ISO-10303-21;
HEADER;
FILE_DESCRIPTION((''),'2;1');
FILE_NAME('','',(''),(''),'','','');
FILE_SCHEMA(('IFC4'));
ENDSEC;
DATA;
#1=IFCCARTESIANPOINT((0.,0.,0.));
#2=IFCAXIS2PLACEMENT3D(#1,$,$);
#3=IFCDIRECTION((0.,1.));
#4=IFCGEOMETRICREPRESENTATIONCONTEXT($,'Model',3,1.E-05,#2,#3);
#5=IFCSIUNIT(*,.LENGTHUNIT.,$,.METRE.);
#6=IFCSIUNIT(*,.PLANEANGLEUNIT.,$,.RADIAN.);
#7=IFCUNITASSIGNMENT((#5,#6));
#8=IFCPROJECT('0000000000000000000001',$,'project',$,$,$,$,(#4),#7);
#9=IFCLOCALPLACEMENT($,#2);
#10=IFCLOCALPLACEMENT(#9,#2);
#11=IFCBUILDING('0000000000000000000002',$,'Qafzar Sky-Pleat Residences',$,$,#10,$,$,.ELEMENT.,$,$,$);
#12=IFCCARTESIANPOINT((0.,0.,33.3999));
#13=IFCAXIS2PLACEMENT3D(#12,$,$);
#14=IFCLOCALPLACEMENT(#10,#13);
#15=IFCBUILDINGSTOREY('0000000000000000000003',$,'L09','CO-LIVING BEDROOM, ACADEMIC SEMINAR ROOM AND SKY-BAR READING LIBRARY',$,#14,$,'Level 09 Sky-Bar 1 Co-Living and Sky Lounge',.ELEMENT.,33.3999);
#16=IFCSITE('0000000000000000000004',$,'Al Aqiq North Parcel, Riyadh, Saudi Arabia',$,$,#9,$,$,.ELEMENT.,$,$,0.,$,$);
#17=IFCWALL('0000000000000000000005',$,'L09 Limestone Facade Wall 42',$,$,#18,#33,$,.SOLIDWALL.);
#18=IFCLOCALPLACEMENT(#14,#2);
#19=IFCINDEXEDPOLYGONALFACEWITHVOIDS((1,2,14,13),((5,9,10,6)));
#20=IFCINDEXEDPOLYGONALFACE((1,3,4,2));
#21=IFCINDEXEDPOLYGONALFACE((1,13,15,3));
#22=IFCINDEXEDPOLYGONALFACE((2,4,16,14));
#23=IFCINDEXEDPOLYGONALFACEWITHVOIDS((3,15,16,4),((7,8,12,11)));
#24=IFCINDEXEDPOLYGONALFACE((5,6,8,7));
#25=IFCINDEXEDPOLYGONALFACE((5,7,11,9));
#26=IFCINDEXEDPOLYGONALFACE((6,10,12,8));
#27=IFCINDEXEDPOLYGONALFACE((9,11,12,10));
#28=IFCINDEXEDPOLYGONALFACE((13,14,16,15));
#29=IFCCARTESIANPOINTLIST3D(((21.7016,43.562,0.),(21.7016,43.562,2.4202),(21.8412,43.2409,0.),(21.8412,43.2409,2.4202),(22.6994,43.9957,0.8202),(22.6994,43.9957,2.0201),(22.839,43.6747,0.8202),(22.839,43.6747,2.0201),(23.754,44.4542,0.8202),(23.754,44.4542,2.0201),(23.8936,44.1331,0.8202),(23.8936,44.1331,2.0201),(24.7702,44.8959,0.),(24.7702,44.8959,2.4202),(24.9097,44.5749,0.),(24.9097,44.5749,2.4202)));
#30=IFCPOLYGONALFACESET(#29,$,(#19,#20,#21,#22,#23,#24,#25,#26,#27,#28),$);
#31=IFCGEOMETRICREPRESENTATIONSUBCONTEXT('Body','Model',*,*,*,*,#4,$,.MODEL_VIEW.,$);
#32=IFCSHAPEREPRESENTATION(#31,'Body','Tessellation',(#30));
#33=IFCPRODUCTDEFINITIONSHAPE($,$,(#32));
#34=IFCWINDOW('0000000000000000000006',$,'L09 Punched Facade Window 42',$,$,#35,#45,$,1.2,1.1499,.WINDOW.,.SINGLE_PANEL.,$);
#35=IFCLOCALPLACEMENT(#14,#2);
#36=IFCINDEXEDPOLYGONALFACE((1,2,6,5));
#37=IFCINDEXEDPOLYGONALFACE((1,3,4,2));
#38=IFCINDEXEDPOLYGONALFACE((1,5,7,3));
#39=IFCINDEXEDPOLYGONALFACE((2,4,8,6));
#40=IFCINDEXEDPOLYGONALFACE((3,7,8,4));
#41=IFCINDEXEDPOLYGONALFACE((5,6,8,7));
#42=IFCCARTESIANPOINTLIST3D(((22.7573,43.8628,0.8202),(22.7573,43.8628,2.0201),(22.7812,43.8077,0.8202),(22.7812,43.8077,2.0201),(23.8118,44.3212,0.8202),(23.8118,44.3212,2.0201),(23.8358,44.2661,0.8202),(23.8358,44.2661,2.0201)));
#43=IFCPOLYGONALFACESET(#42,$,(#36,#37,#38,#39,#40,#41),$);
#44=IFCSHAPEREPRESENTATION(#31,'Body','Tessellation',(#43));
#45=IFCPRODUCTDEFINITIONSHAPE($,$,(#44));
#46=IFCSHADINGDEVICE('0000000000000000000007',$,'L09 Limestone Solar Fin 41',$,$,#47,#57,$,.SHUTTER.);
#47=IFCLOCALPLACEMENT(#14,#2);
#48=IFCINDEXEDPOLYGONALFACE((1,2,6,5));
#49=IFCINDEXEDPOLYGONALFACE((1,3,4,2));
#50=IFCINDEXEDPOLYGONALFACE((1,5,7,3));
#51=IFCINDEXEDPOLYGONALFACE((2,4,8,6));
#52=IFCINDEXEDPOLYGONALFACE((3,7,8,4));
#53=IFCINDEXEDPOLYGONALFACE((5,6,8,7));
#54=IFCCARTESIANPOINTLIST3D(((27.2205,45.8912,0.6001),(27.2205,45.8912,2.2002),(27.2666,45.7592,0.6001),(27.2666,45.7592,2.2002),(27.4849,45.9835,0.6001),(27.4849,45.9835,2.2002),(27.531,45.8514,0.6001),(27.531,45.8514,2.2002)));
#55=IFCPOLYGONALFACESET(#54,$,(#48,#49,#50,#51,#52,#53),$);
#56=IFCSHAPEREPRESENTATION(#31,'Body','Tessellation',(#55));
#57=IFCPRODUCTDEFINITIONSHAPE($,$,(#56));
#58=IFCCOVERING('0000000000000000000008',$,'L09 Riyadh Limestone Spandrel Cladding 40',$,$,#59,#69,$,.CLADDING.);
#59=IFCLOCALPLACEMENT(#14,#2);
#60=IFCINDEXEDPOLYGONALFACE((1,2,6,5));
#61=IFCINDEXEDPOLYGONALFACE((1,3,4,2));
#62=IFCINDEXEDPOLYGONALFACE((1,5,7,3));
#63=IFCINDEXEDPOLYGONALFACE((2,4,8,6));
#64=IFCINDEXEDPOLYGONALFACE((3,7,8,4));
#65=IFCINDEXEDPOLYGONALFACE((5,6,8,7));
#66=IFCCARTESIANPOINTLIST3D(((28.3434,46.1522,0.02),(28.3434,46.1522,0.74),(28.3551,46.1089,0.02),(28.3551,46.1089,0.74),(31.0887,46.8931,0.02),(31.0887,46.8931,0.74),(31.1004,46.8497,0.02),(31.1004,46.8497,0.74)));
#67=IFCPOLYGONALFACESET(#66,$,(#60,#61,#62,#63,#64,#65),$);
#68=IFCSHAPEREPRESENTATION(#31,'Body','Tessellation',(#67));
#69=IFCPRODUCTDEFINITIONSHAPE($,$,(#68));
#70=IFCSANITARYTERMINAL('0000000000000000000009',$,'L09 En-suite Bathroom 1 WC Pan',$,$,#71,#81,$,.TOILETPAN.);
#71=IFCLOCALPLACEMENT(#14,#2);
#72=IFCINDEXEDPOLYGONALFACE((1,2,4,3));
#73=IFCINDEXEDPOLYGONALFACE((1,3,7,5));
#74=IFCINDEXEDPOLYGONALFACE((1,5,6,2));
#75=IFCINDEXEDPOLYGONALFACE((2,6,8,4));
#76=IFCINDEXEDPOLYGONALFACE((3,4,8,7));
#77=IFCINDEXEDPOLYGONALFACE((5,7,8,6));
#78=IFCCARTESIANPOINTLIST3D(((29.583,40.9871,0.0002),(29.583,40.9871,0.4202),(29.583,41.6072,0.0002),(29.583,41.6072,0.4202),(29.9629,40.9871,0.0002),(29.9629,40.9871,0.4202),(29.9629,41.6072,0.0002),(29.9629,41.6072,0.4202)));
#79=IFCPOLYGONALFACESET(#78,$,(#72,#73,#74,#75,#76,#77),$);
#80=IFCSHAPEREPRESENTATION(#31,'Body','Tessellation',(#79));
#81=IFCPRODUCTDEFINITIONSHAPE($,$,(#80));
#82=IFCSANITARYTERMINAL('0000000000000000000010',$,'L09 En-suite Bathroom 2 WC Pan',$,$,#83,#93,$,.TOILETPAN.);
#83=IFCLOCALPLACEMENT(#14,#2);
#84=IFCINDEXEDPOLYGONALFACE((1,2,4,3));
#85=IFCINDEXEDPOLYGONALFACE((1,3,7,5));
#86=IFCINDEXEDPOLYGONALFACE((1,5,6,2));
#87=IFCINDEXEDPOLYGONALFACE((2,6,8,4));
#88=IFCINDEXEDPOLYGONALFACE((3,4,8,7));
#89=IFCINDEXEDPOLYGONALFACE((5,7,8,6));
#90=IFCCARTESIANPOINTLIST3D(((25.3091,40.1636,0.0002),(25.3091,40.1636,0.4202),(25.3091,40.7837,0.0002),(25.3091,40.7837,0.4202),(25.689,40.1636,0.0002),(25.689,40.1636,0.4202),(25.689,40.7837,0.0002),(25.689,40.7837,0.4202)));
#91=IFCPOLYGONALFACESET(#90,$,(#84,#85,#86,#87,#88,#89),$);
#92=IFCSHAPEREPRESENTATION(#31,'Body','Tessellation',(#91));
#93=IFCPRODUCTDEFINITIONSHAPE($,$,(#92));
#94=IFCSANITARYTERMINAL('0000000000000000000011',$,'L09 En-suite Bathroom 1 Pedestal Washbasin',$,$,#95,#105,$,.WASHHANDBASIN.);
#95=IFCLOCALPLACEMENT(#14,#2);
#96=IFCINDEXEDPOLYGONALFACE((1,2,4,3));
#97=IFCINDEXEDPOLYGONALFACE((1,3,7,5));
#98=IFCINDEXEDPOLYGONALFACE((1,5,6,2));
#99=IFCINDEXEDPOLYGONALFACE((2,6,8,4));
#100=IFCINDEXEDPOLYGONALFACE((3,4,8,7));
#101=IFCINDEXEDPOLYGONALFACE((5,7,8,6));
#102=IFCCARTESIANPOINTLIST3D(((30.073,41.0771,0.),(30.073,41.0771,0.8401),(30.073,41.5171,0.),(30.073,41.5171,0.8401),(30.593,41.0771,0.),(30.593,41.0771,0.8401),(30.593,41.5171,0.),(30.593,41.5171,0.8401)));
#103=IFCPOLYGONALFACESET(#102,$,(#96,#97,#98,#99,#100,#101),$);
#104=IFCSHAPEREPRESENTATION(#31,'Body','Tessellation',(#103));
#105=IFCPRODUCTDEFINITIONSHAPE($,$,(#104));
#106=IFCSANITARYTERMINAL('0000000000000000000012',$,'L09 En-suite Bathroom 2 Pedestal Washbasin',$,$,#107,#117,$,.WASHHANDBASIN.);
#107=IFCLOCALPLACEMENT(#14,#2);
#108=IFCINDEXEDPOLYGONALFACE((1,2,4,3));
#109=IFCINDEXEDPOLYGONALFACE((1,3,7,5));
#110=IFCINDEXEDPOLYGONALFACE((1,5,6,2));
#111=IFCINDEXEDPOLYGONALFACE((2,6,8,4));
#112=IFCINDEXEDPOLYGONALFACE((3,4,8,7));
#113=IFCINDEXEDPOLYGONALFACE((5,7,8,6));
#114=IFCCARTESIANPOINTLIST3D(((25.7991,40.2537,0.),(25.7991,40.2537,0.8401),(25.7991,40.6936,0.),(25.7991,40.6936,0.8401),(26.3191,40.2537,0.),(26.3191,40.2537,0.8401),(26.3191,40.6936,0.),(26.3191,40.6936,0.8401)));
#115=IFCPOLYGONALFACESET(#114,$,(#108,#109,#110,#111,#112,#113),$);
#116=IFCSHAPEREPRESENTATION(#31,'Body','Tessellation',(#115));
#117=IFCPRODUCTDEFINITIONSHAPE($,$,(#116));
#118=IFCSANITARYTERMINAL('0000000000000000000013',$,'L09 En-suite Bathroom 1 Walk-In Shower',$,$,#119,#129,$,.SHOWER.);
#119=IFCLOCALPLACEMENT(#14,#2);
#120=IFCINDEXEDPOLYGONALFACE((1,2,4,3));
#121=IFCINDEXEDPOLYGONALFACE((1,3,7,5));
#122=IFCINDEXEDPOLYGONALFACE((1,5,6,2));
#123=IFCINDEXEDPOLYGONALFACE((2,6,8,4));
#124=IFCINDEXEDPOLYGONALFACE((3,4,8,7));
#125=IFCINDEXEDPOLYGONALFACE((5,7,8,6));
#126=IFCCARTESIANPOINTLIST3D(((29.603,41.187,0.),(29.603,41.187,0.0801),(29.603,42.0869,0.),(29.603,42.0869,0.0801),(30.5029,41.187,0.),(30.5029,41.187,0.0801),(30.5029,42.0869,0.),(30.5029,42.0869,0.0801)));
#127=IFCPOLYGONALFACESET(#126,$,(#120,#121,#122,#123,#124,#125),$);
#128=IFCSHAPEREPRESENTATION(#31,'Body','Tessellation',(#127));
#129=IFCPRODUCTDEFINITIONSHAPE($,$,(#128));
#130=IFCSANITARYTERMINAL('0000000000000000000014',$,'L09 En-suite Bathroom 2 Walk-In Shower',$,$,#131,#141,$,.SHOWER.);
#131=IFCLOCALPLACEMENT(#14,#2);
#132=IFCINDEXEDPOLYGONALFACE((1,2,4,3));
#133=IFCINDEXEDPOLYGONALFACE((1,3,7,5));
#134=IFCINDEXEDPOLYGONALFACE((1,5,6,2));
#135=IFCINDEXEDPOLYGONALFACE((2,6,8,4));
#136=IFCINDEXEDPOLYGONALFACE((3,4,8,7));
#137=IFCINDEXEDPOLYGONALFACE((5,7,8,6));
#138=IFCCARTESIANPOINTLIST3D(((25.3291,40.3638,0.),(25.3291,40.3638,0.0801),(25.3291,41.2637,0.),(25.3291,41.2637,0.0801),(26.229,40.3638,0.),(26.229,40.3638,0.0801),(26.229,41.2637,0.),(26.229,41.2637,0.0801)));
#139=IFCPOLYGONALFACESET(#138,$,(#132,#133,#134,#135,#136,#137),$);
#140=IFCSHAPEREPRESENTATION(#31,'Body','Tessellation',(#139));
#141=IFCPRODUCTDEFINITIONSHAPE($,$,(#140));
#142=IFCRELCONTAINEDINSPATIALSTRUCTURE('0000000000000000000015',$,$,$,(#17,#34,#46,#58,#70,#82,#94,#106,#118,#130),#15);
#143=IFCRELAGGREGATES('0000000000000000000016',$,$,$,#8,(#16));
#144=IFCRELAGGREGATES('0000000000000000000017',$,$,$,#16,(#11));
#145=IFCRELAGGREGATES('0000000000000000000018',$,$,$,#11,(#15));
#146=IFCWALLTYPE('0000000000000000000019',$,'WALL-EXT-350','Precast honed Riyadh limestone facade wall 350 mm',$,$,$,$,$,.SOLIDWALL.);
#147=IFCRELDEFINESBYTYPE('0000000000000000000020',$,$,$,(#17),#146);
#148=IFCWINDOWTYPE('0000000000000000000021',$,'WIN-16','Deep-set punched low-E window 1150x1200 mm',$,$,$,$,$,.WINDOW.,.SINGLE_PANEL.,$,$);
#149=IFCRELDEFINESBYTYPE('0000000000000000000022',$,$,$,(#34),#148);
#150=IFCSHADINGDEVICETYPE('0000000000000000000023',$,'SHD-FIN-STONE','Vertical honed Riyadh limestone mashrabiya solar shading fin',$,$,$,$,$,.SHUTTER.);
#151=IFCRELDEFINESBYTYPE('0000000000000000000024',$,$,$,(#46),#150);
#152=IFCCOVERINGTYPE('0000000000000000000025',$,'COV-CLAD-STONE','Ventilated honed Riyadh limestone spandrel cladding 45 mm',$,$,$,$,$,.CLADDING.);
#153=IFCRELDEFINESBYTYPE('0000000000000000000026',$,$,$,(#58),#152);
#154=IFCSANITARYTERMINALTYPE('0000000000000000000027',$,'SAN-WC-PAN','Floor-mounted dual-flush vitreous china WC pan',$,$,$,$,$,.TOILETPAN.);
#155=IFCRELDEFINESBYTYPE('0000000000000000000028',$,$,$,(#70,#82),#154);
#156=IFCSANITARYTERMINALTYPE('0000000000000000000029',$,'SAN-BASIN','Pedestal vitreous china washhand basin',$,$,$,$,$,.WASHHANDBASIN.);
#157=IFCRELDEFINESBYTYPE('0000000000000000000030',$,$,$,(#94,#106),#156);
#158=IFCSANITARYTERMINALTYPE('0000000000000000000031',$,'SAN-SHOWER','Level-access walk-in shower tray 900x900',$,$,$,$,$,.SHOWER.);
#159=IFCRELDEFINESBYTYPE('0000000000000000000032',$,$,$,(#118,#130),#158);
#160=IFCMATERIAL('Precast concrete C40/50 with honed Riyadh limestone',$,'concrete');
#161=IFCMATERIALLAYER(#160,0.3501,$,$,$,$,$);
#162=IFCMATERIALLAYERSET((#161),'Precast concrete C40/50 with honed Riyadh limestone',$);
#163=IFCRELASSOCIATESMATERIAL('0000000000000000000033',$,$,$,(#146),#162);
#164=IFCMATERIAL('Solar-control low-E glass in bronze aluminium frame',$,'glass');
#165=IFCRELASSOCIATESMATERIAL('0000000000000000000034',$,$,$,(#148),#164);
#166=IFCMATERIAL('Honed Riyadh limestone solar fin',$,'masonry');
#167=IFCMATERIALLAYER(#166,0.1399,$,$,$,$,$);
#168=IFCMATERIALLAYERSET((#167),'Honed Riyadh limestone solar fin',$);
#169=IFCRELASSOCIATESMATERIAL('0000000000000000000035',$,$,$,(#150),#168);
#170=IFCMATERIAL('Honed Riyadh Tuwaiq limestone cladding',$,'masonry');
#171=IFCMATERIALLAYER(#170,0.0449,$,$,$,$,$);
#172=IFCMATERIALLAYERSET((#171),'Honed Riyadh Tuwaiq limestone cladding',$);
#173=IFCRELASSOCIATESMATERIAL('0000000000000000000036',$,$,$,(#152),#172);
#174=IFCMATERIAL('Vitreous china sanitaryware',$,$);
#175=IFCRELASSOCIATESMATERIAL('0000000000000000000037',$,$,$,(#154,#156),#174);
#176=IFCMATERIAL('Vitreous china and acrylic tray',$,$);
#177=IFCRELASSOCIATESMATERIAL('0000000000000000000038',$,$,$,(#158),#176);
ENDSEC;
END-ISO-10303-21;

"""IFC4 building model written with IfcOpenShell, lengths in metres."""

from ifc_helpers import new_model, si_unit, direction, frame, frame_2d, origin, origin_2d, place, context, subcontext, project, spatial, rectangle, extrude, source, transform, mapped, material, layer, layer_set, type_object, element, fill, save


model = new_model("IFC4")

# Units and contexts
model_context = context("Model", 3, precision=1e-05, world=origin(), true_north=direction((0.0, 1.0)))
body_context = subcontext(model_context, "Body", "Model", "MODEL_VIEW")
ifc_project = project(units=[si_unit("LENGTHUNIT", "METRE"), si_unit("PLANEANGLEUNIT", "RADIAN")], contexts=[model_context])

# Site, building, storey
site_placement = place(None, origin())
site = spatial("IfcSite", under=ifc_project, at=site_placement, Name="Al Aqiq North Parcel, Riyadh, Saudi Arabia", CompositionType="ELEMENT", RefElevation=0.0)
building_placement = place(site_placement, origin())
building = spatial("IfcBuilding", under=site, at=building_placement, Name="Qafzar Sky-Pleat Residences", CompositionType="ELEMENT")
storey_placement = place(building_placement, frame((0.0, 0.0, 33.3999)))
storey = spatial("IfcBuildingStorey", under=building, at=storey_placement, Name="L09", Description="CO-LIVING BEDROOM, ACADEMIC SEMINAR ROOM AND SKY-BAR READING LIBRARY", LongName="Level 09 Sky-Bar 1 Co-Living and Sky Lounge", CompositionType="ELEMENT", Elevation=33.3999)

# Wall, opening, window
ifc_material_1 = material(Name="Precast concrete C40/50 with honed Riyadh limestone", Category="concrete")
ifc_layer_1 = layer(ifc_material_1, 0.3501)
ifc_layer_set_1 = layer_set([ifc_layer_1], Name="Precast concrete C40/50 with honed Riyadh limestone")
wall_type_1 = type_object("IfcWallType", Name="WALL-EXT-350", Description="Precast honed Riyadh limestone facade wall 350 mm", PredefinedType="SOLIDWALL", material=ifc_layer_set_1)
ifc_material_2 = material(Name="Solar-control low-E glass in bronze aluminium frame", Category="glass")
wall_1_placement = place(storey_placement, frame((24.8398, 44.7354, 0.0), z_axis=(0.0, 0.0, 1.0), x_axis=(-0.917091, -0.398678, 0.0)))
wall_1 = element("IfcWall", 1, at=wall_1_placement, inside=storey, type_object=wall_type_1, Name="L09 Limestone Facade Wall 42", PredefinedType="SOLIDWALL", context=body_context, shape_type="SweptSolid", body=[
    extrude(rectangle(XDim=3.3459, YDim=0.3501, at=frame_2d((1.6729, 0.0))), origin(), (0.0, 0.0, 1.0), 2.4202),
])
opening_1_placement = place(wall_1_placement, frame((1.1079, 0.0, 0.8201)))
opening_1 = element("IfcOpeningElement", 2, at=opening_1_placement, cuts=wall_1, PredefinedType="OPENING", context=body_context, shape_type="SweptSolid", body=[
    extrude(rectangle(XDim=1.1499, YDim=1.2, at=frame_2d((0.575, 0.6001))), frame((0.0, 0.1851, 0.0), z_axis=(0.0, -1.0, 0.0), x_axis=(1.0, 0.0, 0.0)), (0.0, 0.0, 1.0), 0.3701),
])
window_type_1 = type_object("IfcWindowType", Name="WIN-16", Description="Deep-set punched low-E window 1150x1200 mm", PartitioningType="SINGLE_PANEL", PredefinedType="WINDOW", material=ifc_material_2)
shared_shape_1 = source(origin(), body_context, "Body", "SweptSolid", [
    extrude(rectangle(XDim=1.1499, YDim=1.2, at=frame_2d((0.575, 0.6001))), frame((0.0, 0.03, 0.0), z_axis=(0.0, -1.0, 0.0), x_axis=(1.0, 0.0, 0.0)), (0.0, 0.0, 1.0), 0.0601),
])
window_1_placement = place(opening_1_placement, origin())
window_1 = element("IfcWindow", 3, at=window_1_placement, inside=storey, type_object=window_type_1, Name="L09 Punched Facade Window 42", OverallHeight=1.2, OverallWidth=1.1499, PartitioningType="SINGLE_PANEL", PredefinedType="WINDOW", context=body_context, shape_type="MappedRepresentation", body=[
    mapped(shared_shape_1, transform((0.0, 0.0, 0.0), x_axis=(1.0, 0.0, 0.0), y_axis=(0.0, 1.0, 0.0), z_axis=(0.0, 0.0, 1.0), scale=1.0)),
])
fill(opening_1, window_1)

# Shading device
ifc_material_3 = material(Name="Honed Riyadh limestone solar fin", Category="masonry")
ifc_layer_2 = layer(ifc_material_3, 0.1399)
ifc_layer_set_2 = layer_set([ifc_layer_2], Name="Honed Riyadh limestone solar fin")
shading_device_type = type_object("IfcShadingDeviceType", Name="SHD-FIN-STONE", Description="Vertical honed Riyadh limestone mashrabiya solar shading fin", PredefinedType="SHUTTER", material=ifc_layer_set_2)
shared_shape_2 = source(origin(), body_context, "Body", "SweptSolid", [
    extrude(rectangle(XDim=0.1399, YDim=0.28, at=origin_2d()), origin(), (0.0, 0.0, 1.0), 1.6001),
])
shading_device_placement = place(storey_placement, frame((27.3757, 45.8713, 0.6001), z_axis=(0.0, 0.0, 1.0), x_axis=(-0.329567, 0.944132, 0.0)))
element("IfcShadingDevice", 4, at=shading_device_placement, inside=storey, type_object=shading_device_type, Name="L09 Limestone Solar Fin 41", PredefinedType="SHUTTER", context=body_context, shape_type="MappedRepresentation", body=[
    mapped(shared_shape_2, transform((0.0, 0.0, 0.0), x_axis=(1.0, 0.0, 0.0), y_axis=(0.0, 1.0, 0.0), z_axis=(0.0, 0.0, 1.0), scale=1.0)),
])

# Covering
ifc_material_4 = material(Name="Honed Riyadh Tuwaiq limestone cladding", Category="masonry")
ifc_layer_3 = layer(ifc_material_4, 0.0449)
ifc_layer_set_3 = layer_set([ifc_layer_3], Name="Honed Riyadh Tuwaiq limestone cladding")
covering_type = type_object("IfcCoveringType", Name="COV-CLAD-STONE", Description="Ventilated honed Riyadh limestone spandrel cladding 45 mm", PredefinedType="CLADDING", material=ifc_layer_set_3)
shared_shape_3 = source(origin(), body_context, "Body", "SweptSolid", [
    extrude(rectangle(XDim=2.8435, YDim=0.0449, at=origin_2d()), origin(), (0.0, 0.0, 1.0), 0.72),
])
covering_placement = place(storey_placement, frame((29.7219, 46.501, 0.02), z_axis=(0.0, 0.0, 1.0), x_axis=(-0.965462, -0.260545, 0.0)))
element("IfcCovering", 5, at=covering_placement, inside=storey, type_object=covering_type, Name="L09 Riyadh Limestone Spandrel Cladding 40", PredefinedType="CLADDING", context=body_context, shape_type="MappedRepresentation", body=[
    mapped(shared_shape_3, transform((0.0, 0.0, 0.0), x_axis=(1.0, 0.0, 0.0), y_axis=(0.0, 1.0, 0.0), z_axis=(0.0, 0.0, 1.0), scale=1.0)),
])

# Sanitary terminals
ifc_material_5 = material(Name="Vitreous china sanitaryware")
sanitary_terminal_type_1 = type_object("IfcSanitaryTerminalType", Name="SAN-WC-PAN", Description="Floor-mounted dual-flush vitreous china WC pan", PredefinedType="TOILETPAN", material=ifc_material_5)
shared_shape_4 = source(origin(), body_context, "Body", "SweptSolid", [
    extrude(rectangle(XDim=0.3799, YDim=0.6201, at=origin_2d()), origin(), (0.0, 0.0, 1.0), 0.4199),
])
for number, where, z_axis, x_axis, name in (
    (6, (29.7729, 41.2971, 0.0002), (0.0, 0.0, 1.0), (1.0, 0.0, 0.0), "L09 En-suite Bathroom 1 WC Pan"),
    (7, (25.499, 40.4736, 0.0002), (0.0, 0.0, 1.0), (1.0, 0.0, 0.0), "L09 En-suite Bathroom 2 WC Pan"),
):
    element("IfcSanitaryTerminal", number, at=place(storey_placement, frame(where, z_axis=z_axis, x_axis=x_axis)), inside=storey, type_object=sanitary_terminal_type_1, Name=name, PredefinedType="TOILETPAN", context=body_context, shape_type="MappedRepresentation", body=[
        mapped(shared_shape_4, transform((0.0, 0.0, 0.0), x_axis=(1.0, 0.0, 0.0), y_axis=(0.0, 1.0, 0.0), z_axis=(0.0, 0.0, 1.0), scale=1.0)),
    ])
sanitary_terminal_type_2 = type_object("IfcSanitaryTerminalType", Name="SAN-BASIN", Description="Pedestal vitreous china washhand basin", PredefinedType="WASHHANDBASIN", material=ifc_material_5)
shared_shape_5 = source(origin(), body_context, "Body", "SweptSolid", [
    extrude(rectangle(XDim=0.52, YDim=0.4399, at=origin_2d()), origin(), (0.0, 0.0, 1.0), 0.8401),
])
for number, where, z_axis, x_axis, name in (
    (8, (30.333, 41.2971, 0.0), (0.0, 0.0, 1.0), (1.0, 0.0, 0.0), "L09 En-suite Bathroom 1 Pedestal Washbasin"),
    (9, (26.0591, 40.4736, 0.0), (0.0, 0.0, 1.0), (1.0, 0.0, 0.0), "L09 En-suite Bathroom 2 Pedestal Washbasin"),
):
    element("IfcSanitaryTerminal", number, at=place(storey_placement, frame(where, z_axis=z_axis, x_axis=x_axis)), inside=storey, type_object=sanitary_terminal_type_2, Name=name, PredefinedType="WASHHANDBASIN", context=body_context, shape_type="MappedRepresentation", body=[
        mapped(shared_shape_5, transform((0.0, 0.0, 0.0), x_axis=(1.0, 0.0, 0.0), y_axis=(0.0, 1.0, 0.0), z_axis=(0.0, 0.0, 1.0), scale=1.0)),
    ])
ifc_material_6 = material(Name="Vitreous china and acrylic tray")
sanitary_terminal_type_3 = type_object("IfcSanitaryTerminalType", Name="SAN-SHOWER", Description="Level-access walk-in shower tray 900x900", PredefinedType="SHOWER", material=ifc_material_6)
shared_shape_6 = source(origin(), body_context, "Body", "SweptSolid", [
    extrude(rectangle(XDim=0.8999, YDim=0.8999, at=origin_2d()), origin(), (0.0, 0.0, 1.0), 0.0801),
])
for number, where, z_axis, x_axis, name in (
    (10, (30.053, 41.637, 0.0), (0.0, 0.0, 1.0), (1.0, 0.0, 0.0), "L09 En-suite Bathroom 1 Walk-In Shower"),
    (11, (25.7791, 40.8137, 0.0), (0.0, 0.0, 1.0), (1.0, 0.0, 0.0), "L09 En-suite Bathroom 2 Walk-In Shower"),
):
    element("IfcSanitaryTerminal", number, at=place(storey_placement, frame(where, z_axis=z_axis, x_axis=x_axis)), inside=storey, type_object=sanitary_terminal_type_3, Name=name, PredefinedType="SHOWER", context=body_context, shape_type="MappedRepresentation", body=[
        mapped(shared_shape_6, transform((0.0, 0.0, 0.0), x_axis=(1.0, 0.0, 0.0), y_axis=(0.0, 1.0, 0.0), z_axis=(0.0, 0.0, 1.0), scale=1.0)),
    ])

save(model, "model.ifc")
